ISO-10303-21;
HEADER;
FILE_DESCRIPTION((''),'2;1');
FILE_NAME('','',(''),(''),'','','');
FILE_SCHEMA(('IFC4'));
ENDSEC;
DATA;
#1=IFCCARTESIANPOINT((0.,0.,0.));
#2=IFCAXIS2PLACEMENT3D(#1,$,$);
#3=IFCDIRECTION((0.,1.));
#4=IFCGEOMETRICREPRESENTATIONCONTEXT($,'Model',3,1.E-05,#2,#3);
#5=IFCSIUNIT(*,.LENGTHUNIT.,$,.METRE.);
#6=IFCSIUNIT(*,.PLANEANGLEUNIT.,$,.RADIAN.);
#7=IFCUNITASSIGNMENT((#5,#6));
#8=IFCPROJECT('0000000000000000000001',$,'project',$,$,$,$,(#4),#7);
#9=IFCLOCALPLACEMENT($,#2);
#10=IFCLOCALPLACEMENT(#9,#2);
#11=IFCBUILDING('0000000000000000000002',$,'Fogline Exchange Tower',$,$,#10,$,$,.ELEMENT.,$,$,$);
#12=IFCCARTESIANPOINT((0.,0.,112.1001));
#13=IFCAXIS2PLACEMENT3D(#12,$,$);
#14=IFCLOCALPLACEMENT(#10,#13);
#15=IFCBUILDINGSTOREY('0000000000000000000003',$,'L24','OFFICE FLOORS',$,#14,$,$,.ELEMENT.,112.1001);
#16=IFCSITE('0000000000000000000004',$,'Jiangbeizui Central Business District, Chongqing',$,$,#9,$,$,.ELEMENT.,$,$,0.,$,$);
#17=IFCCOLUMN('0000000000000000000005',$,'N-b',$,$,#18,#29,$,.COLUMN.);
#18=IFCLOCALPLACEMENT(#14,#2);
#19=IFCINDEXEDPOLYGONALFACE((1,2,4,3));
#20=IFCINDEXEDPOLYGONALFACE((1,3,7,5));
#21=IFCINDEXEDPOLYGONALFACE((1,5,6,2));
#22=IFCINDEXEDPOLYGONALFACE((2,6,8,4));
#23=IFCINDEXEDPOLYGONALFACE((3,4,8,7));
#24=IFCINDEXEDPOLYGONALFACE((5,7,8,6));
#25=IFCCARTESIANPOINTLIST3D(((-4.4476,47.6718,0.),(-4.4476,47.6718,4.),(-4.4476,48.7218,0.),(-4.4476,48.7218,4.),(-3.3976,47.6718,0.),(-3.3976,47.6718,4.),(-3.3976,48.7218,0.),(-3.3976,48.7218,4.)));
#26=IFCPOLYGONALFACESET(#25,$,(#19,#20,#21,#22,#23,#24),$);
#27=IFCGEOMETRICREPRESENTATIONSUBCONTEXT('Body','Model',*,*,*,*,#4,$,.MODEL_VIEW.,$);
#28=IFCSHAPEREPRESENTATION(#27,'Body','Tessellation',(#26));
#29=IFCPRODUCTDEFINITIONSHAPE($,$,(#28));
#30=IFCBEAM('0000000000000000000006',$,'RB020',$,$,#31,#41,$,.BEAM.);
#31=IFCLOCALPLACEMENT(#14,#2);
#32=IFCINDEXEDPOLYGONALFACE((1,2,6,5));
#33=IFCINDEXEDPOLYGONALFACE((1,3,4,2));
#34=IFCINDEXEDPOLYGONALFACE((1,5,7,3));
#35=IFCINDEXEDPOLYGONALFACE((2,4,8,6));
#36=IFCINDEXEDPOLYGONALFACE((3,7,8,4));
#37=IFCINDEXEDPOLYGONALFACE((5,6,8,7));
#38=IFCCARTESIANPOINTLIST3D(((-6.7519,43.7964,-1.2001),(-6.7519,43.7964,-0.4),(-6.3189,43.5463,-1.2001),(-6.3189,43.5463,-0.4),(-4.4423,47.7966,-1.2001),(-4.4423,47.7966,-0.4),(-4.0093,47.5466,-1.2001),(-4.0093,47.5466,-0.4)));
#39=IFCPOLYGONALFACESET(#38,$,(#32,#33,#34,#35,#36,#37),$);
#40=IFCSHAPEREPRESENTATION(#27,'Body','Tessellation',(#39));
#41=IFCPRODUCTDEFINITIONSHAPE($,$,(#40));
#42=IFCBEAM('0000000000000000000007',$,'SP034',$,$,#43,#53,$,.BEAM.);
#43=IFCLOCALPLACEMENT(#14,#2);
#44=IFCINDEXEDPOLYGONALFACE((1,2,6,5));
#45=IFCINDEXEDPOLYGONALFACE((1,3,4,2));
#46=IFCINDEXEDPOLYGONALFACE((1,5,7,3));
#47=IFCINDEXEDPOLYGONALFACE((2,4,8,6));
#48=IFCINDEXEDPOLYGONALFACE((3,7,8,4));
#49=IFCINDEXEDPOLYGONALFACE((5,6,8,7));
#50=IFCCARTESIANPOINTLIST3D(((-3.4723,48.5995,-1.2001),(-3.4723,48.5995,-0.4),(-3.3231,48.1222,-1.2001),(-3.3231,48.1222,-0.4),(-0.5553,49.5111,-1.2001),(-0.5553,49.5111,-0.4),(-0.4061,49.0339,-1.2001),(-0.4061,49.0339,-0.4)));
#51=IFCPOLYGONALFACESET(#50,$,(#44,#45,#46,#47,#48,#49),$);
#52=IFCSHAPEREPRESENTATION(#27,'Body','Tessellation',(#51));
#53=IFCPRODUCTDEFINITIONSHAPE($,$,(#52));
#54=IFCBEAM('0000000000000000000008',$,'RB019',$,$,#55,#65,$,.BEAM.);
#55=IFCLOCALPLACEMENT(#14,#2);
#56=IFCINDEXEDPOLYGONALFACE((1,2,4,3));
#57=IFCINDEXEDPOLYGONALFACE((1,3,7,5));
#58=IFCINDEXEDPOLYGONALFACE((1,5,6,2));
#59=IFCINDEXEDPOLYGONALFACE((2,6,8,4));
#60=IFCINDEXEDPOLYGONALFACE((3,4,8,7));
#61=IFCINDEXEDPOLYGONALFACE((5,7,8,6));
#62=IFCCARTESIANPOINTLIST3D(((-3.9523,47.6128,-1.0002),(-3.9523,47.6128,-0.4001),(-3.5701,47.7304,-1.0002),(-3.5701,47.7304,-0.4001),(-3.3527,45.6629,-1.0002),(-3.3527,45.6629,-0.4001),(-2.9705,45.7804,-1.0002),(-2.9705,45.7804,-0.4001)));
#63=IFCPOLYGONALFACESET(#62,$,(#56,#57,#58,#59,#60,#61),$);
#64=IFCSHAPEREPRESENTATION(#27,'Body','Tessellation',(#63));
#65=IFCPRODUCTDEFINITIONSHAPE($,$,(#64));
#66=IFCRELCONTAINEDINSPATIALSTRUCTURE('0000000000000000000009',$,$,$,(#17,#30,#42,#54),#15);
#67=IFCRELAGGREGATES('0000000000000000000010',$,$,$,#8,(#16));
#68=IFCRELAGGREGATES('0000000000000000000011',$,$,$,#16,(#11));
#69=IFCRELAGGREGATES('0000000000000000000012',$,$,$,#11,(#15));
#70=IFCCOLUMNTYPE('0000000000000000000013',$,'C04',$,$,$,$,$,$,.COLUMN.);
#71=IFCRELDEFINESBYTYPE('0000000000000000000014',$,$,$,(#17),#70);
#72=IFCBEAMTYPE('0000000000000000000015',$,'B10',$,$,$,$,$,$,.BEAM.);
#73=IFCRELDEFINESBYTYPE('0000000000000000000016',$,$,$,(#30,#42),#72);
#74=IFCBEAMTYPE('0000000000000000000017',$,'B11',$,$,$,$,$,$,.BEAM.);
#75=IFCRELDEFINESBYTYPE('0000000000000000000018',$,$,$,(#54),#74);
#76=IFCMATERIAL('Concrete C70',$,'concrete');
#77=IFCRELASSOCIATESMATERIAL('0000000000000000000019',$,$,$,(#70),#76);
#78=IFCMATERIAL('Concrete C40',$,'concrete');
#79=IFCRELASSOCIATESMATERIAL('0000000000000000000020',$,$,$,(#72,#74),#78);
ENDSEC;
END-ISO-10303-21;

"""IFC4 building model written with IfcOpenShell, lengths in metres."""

from ifc_helpers import new_model, si_unit, direction, frame, origin, origin_2d, place, context, subcontext, project, spatial, rectangle, extrude, material, material_profile, profile_set, type_object, element, save


model = new_model("IFC4")

# Units and contexts
model_context = context("Model", 3, precision=1e-05, world=origin(), true_north=direction((0.0, 1.0)))
body_context = subcontext(model_context, "Body", "Model", "MODEL_VIEW")
ifc_project = project(units=[si_unit("LENGTHUNIT", "METRE"), si_unit("PLANEANGLEUNIT", "RADIAN")], contexts=[model_context])

# Site, building, storey
site_placement = place(None, origin())
site = spatial("IfcSite", under=ifc_project, at=site_placement, Name="Jiangbeizui Central Business District, Chongqing", CompositionType="ELEMENT", RefElevation=0.0)
building_placement = place(site_placement, origin())
building = spatial("IfcBuilding", under=site, at=building_placement, Name="Fogline Exchange Tower", CompositionType="ELEMENT")
storey_placement = place(building_placement, frame((0.0, 0.0, 112.1001)))
storey = spatial("IfcBuildingStorey", under=building, at=storey_placement, Name="L24", Description="OFFICE FLOORS", CompositionType="ELEMENT", Elevation=112.1001)

# Column
ifc_material_1 = material(Name="Concrete C70", Category="concrete")
ifc_material_profile_1 = material_profile(ifc_material_1, rectangle(XDim=1.05, YDim=1.05, at=origin_2d()), Name="RC 1050x1050")
ifc_profile_set_1 = profile_set([ifc_material_profile_1], Name="Concrete C70")
column_type = type_object("IfcColumnType", Name="C04", PredefinedType="COLUMN", material=ifc_profile_set_1)
column_placement = place(storey_placement, frame((-3.9226, 48.1968, 0.0), z_axis=(0.0, 0.0, 1.0), x_axis=(1.0, 0.0, 0.0)))
element("IfcColumn", 1, at=column_placement, inside=storey, type_object=column_type, Name="N-b", PredefinedType="COLUMN", context=body_context, shape_type="SweptSolid", body=[
    extrude(rectangle(XDim=1.05, YDim=1.05, at=origin_2d()), origin(), (0.0, 0.0, 1.0), 4.0),
])

# Beams
ifc_material_2 = material(Name="Concrete C40", Category="concrete")
ifc_material_profile_2 = material_profile(ifc_material_2, rectangle(XDim=0.5, YDim=0.8, at=origin_2d()), Name="RC 500x800")
ifc_profile_set_2 = profile_set([ifc_material_profile_2], Name="Concrete C40")
beam_type_1 = type_object("IfcBeamType", Name="B10", PredefinedType="BEAM", material=ifc_profile_set_2)
beam_1_placement = place(storey_placement, frame((-4.2258, 47.6716, -0.8), z_axis=(-0.500005, -0.866023, 0.0), x_axis=(0.866023, -0.500005, 0.0)))
element("IfcBeam", 2, at=beam_1_placement, inside=storey, type_object=beam_type_1, Name="RB020", PredefinedType="BEAM", context=body_context, shape_type="SweptSolid", body=[
    extrude(rectangle(XDim=0.5, YDim=0.8, at=origin_2d()), origin(), (0.0, 0.0, 1.0), 4.6191),
])
beam_2_placement = place(storey_placement, frame((-3.3977, 48.3608, -0.8), z_axis=(0.954474, 0.298293, 0.0), x_axis=(-0.298293, 0.954474, 0.0)))
element("IfcBeam", 3, at=beam_2_placement, inside=storey, type_object=beam_type_1, Name="SP034", PredefinedType="BEAM", context=body_context, shape_type="SweptSolid", body=[
    extrude(rectangle(XDim=0.5, YDim=0.8, at=origin_2d()), origin(), (0.0, 0.0, 1.0), 3.0562),
])
ifc_material_profile_3 = material_profile(ifc_material_2, rectangle(XDim=0.3999, YDim=0.6001, at=origin_2d()), Name="RC 400x600")
ifc_profile_set_3 = profile_set([ifc_material_profile_3], Name="Concrete C40")
beam_type_2 = type_object("IfcBeamType", Name="B11", PredefinedType="BEAM", material=ifc_profile_set_3)
beam_3_placement = place(storey_placement, frame((-3.1616, 45.7217, -0.7002), z_axis=(-0.293918, 0.955831, 0.0), x_axis=(-0.955831, -0.293918, 0.0)))
element("IfcBeam", 4, at=beam_3_placement, inside=storey, type_object=beam_type_2, Name="RB019", PredefinedType="BEAM", context=body_context, shape_type="SweptSolid", body=[
    extrude(rectangle(XDim=0.3999, YDim=0.6001, at=origin_2d()), origin(), (0.0, 0.0, 1.0), 2.04),
])

save(model, "model.ifc")
